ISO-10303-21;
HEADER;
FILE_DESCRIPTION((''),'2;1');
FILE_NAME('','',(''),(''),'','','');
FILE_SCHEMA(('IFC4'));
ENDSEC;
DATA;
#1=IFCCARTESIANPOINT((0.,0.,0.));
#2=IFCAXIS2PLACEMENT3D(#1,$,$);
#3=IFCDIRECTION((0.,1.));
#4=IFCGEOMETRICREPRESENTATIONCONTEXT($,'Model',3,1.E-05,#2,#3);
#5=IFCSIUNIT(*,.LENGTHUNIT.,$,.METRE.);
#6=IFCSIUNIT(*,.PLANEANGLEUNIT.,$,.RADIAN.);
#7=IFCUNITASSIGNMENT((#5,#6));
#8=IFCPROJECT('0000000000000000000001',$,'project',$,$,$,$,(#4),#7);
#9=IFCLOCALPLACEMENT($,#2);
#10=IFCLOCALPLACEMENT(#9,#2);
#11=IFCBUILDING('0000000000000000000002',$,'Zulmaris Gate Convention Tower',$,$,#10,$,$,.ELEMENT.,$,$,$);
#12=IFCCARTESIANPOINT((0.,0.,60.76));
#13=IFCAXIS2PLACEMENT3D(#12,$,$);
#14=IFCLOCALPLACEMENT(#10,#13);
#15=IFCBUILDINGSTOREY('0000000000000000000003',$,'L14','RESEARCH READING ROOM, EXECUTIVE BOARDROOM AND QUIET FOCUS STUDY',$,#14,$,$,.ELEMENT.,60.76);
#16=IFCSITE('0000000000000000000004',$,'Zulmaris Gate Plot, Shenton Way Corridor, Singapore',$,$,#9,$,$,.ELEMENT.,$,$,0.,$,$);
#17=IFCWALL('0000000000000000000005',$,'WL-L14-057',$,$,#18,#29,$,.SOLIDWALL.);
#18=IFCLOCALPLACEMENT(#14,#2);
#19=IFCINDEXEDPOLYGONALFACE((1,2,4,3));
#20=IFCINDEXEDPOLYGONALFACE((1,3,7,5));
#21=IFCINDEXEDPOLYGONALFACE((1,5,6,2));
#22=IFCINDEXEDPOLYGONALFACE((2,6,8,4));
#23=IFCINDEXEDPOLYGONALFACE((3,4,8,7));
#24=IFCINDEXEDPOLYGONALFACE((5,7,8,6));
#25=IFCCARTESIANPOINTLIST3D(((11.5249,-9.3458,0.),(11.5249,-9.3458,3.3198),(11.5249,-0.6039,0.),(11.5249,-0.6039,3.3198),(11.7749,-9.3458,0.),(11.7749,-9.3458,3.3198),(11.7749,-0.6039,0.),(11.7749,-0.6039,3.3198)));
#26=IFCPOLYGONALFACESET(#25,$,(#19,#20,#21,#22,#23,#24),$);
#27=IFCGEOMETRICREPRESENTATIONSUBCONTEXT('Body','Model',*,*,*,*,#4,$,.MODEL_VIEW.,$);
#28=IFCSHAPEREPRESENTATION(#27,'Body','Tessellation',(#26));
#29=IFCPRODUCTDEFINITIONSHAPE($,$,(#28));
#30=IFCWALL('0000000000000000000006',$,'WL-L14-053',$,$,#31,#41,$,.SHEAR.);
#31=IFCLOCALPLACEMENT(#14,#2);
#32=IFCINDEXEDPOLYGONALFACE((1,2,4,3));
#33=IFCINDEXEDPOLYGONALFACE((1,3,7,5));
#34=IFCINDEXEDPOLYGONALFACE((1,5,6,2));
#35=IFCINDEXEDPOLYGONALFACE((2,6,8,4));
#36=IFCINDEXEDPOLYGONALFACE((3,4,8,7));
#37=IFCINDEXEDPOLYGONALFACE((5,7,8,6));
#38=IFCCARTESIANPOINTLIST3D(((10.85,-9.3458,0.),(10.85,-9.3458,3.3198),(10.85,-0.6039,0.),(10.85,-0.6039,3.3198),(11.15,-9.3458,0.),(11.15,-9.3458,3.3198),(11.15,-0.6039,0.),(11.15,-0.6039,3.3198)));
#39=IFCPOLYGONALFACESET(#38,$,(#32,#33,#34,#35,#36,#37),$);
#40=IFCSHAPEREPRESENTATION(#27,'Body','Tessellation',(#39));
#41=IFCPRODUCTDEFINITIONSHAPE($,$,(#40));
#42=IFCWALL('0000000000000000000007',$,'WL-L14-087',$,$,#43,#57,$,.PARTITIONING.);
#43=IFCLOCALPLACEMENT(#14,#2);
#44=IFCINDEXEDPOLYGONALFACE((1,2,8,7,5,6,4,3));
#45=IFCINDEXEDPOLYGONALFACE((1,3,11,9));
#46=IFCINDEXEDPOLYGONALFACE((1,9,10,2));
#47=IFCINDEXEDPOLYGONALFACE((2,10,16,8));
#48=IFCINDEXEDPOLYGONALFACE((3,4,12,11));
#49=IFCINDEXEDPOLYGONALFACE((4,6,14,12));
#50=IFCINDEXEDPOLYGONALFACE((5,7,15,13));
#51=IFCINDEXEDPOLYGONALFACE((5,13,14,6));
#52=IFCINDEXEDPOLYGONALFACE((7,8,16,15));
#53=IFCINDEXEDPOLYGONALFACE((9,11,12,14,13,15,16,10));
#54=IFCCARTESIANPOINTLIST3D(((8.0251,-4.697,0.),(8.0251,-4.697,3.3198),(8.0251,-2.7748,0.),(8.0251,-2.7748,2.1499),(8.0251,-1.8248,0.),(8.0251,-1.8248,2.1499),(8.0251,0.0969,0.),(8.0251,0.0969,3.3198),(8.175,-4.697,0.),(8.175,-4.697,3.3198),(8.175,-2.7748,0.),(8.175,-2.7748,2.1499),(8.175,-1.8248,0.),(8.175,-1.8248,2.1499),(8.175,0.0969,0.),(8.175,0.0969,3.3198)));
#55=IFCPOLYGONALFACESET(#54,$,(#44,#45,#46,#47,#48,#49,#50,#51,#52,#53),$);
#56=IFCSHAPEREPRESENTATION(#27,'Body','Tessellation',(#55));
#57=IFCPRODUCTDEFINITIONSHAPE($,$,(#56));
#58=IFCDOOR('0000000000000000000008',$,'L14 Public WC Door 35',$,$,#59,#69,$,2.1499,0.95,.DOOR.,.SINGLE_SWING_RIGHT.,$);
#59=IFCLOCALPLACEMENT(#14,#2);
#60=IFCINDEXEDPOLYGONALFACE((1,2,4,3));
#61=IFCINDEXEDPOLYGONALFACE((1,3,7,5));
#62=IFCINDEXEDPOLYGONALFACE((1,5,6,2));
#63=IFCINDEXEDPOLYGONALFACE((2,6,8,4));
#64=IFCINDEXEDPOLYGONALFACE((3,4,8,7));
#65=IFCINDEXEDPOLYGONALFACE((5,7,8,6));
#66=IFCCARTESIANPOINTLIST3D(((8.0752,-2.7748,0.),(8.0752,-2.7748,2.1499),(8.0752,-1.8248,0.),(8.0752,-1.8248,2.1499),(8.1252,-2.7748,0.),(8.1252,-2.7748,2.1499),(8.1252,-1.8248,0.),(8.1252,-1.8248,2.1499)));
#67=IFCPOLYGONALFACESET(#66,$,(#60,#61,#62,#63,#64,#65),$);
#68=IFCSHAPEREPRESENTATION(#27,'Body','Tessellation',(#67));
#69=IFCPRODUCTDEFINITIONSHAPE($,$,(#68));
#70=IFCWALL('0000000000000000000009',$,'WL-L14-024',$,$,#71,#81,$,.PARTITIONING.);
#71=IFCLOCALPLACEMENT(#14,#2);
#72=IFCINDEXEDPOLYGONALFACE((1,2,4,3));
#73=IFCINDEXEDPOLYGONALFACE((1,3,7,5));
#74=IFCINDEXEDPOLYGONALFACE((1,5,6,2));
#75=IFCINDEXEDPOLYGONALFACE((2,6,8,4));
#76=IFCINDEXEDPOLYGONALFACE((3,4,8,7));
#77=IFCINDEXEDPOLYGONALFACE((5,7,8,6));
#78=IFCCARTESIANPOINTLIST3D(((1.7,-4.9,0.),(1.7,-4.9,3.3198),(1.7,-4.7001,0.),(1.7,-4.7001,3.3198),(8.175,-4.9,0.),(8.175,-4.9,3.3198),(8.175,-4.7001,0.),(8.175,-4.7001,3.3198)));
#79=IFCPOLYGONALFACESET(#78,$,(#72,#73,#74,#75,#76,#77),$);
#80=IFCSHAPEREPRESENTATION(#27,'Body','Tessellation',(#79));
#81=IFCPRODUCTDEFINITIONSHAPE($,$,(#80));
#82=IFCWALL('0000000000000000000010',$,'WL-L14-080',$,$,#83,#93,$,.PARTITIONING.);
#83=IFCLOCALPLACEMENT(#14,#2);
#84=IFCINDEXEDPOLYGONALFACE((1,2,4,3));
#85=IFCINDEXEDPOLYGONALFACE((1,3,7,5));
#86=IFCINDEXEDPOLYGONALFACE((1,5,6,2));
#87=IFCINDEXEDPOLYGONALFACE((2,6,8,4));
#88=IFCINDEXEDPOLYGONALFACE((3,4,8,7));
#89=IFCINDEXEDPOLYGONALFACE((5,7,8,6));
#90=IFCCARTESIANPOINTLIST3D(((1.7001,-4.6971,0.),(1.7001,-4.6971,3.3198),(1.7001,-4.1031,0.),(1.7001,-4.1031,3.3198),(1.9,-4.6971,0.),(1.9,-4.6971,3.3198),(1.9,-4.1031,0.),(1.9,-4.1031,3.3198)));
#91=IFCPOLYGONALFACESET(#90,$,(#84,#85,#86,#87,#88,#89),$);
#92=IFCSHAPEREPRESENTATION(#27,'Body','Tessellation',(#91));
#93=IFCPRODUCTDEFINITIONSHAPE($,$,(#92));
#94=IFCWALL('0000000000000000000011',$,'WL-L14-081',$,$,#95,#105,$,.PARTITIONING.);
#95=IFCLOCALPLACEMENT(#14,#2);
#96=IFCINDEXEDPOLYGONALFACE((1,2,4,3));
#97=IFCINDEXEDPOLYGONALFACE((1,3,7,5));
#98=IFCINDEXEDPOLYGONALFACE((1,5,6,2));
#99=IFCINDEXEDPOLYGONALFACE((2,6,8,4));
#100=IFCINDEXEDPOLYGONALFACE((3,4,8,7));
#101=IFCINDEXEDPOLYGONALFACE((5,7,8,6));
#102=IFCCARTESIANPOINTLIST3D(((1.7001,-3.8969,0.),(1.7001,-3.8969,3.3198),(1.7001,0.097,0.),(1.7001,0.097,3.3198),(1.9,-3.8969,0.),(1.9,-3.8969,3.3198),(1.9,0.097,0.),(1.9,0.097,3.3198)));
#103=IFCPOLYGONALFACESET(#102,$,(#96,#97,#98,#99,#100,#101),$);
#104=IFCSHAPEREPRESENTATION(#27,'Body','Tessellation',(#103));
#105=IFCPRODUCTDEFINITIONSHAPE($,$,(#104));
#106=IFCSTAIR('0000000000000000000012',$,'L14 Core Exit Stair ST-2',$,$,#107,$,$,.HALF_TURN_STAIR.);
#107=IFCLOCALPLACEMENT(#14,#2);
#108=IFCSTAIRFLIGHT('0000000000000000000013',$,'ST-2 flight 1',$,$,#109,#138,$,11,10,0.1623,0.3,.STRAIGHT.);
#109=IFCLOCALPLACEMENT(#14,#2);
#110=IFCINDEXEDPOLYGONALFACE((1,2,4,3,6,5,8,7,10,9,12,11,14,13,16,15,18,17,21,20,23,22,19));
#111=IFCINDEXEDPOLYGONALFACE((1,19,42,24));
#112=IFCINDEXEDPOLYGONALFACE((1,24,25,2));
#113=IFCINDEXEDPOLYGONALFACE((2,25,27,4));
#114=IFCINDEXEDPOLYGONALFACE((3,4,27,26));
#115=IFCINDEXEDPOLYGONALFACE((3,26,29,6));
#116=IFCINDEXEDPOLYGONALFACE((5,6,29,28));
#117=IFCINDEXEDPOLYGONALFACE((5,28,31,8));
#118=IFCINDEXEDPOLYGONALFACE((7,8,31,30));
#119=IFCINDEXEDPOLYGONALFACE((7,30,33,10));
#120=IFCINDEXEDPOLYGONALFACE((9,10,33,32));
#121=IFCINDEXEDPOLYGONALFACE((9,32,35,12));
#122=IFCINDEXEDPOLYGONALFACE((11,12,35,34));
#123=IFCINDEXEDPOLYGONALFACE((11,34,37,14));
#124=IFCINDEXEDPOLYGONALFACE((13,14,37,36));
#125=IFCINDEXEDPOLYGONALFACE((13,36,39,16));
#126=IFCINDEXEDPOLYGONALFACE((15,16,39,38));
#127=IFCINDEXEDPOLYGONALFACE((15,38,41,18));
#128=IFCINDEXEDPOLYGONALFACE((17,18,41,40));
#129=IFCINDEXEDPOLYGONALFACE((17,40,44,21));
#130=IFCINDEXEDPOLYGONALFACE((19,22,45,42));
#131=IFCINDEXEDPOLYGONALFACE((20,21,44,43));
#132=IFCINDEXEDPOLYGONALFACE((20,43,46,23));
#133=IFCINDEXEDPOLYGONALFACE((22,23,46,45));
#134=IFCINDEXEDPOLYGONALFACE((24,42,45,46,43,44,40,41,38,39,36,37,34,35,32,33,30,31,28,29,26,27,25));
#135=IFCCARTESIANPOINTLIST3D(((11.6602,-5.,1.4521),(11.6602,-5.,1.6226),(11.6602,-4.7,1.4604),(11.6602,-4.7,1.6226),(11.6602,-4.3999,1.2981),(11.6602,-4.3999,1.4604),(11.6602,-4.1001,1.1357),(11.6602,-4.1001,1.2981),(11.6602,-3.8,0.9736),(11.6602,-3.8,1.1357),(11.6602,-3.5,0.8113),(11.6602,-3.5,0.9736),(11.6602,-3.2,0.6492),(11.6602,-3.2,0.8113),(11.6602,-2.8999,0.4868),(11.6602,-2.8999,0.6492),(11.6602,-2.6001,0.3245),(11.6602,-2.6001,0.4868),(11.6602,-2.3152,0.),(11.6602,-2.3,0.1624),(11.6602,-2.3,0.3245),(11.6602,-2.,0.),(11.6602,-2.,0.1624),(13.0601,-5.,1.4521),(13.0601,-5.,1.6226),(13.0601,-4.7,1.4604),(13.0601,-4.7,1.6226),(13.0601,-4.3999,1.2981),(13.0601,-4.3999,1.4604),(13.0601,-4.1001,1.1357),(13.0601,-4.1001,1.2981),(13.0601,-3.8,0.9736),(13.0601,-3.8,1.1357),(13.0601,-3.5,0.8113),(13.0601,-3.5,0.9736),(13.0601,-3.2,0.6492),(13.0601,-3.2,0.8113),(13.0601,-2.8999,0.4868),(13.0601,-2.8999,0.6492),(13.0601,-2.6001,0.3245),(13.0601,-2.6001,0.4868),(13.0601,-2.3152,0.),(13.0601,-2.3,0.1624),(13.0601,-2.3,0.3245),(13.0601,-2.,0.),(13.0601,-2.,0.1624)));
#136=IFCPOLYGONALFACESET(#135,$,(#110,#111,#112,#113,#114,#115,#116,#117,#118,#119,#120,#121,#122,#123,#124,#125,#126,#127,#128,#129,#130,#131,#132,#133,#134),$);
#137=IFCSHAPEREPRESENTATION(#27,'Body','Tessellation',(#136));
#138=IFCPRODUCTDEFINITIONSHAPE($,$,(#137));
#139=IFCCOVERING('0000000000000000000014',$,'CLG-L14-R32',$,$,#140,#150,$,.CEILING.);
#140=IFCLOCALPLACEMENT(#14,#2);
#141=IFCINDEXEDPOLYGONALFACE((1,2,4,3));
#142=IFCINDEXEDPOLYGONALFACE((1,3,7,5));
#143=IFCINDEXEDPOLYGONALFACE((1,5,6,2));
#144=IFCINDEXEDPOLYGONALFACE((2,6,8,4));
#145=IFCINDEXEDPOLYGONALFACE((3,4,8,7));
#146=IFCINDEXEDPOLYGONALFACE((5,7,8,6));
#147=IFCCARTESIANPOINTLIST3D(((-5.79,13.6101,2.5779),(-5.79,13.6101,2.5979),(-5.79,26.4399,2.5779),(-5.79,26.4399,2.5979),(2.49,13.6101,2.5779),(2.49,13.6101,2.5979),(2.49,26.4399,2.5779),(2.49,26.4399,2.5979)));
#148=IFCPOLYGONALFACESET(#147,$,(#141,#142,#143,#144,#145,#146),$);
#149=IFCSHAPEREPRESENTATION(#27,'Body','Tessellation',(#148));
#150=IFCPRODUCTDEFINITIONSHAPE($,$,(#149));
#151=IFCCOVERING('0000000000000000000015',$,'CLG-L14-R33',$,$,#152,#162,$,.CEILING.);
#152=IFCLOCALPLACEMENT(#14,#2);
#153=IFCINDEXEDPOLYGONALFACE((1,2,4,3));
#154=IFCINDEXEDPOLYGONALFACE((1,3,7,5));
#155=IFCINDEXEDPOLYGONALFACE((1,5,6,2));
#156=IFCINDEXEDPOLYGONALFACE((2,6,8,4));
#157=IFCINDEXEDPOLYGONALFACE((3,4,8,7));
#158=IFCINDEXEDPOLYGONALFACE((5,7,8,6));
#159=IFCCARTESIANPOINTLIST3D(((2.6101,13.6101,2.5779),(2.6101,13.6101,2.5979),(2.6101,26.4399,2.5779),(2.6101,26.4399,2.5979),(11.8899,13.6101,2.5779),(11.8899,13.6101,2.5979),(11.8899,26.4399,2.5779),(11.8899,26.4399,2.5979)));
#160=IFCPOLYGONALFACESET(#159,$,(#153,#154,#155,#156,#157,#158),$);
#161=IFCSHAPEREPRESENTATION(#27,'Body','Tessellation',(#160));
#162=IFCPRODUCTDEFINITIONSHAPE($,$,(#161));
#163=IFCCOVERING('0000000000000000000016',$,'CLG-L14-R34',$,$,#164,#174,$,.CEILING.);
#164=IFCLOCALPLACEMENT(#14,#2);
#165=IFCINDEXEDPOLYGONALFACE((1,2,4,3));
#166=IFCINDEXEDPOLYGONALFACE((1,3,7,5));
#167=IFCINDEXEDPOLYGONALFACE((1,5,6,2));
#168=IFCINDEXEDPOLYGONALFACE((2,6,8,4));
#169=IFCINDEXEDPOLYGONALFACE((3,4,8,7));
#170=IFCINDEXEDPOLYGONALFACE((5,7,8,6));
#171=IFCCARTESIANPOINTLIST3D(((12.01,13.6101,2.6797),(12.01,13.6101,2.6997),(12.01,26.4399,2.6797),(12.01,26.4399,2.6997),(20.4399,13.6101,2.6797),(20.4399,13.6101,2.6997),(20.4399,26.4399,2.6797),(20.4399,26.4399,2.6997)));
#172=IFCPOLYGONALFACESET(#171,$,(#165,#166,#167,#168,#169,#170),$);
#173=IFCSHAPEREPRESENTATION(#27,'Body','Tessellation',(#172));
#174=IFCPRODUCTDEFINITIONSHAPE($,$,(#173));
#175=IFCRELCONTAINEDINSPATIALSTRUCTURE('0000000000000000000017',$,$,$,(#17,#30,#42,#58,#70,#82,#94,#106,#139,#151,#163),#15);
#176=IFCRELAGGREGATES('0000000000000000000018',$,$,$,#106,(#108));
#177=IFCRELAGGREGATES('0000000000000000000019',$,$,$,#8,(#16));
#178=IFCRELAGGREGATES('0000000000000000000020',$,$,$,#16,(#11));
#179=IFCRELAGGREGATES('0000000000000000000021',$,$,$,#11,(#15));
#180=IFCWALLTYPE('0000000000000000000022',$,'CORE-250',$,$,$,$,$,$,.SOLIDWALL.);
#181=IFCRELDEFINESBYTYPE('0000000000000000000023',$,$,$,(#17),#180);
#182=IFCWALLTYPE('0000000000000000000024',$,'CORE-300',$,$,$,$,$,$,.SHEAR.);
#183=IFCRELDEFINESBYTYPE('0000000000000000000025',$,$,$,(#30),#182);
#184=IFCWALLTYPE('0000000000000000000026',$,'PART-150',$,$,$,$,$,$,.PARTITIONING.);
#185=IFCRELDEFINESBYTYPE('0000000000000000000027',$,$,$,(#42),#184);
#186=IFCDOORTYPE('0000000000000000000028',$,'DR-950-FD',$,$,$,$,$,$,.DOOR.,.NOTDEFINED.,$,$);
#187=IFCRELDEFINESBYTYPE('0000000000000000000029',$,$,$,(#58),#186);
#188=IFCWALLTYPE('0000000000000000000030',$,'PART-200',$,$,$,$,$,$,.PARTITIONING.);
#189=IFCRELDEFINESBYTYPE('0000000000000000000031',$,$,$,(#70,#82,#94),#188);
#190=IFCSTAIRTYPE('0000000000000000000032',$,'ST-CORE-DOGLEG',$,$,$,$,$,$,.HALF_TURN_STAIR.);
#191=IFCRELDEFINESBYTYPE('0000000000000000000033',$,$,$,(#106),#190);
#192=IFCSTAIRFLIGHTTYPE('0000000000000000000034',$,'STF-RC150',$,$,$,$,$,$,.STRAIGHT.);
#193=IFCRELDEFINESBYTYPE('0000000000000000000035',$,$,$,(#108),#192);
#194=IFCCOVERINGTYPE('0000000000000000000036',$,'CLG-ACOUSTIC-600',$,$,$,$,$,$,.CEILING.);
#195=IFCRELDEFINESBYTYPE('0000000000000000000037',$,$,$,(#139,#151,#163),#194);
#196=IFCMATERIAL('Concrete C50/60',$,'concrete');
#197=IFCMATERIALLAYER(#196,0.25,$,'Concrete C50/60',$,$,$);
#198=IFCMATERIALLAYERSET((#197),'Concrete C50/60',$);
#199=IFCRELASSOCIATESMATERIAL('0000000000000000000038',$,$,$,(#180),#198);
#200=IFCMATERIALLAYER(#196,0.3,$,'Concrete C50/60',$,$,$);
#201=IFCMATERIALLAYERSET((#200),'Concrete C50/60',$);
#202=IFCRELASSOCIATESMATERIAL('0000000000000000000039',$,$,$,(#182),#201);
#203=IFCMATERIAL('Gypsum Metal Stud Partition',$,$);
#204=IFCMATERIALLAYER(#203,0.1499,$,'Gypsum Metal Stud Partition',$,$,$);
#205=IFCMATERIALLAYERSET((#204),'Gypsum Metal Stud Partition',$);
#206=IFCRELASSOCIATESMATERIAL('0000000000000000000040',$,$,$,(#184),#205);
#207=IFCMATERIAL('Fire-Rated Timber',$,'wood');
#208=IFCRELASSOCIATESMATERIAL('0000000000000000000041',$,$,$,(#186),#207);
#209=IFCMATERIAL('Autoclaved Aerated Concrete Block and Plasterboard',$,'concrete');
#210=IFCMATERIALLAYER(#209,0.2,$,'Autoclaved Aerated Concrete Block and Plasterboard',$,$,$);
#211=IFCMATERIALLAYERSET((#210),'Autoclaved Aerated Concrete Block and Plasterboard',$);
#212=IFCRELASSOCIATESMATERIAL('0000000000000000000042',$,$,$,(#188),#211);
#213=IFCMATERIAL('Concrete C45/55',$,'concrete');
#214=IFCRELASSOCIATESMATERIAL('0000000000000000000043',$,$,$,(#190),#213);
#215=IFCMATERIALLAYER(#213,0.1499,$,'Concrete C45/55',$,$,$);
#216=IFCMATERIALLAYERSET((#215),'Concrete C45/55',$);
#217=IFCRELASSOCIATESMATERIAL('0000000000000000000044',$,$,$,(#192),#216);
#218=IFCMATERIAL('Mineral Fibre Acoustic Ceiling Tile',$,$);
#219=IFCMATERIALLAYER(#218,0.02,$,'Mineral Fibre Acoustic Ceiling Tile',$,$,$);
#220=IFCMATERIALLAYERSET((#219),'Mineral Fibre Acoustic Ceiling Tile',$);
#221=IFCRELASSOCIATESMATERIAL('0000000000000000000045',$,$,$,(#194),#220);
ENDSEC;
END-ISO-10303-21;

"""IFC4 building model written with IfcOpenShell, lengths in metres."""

from ifc_helpers import new_model, si_unit, direction, frame, frame_2d, origin, place, context, subcontext, project, spatial, polyline, rectangle, outline, extrude, material, layer, layer_set, type_object, element, fill, aggregate, save


model = new_model("IFC4")

# Units and contexts
model_context = context("Model", 3, precision=1e-05, world=origin(), true_north=direction((0.0, 1.0)))
body_context = subcontext(model_context, "Body", "Model", "MODEL_VIEW")
ifc_project = project(units=[si_unit("LENGTHUNIT", "METRE"), si_unit("PLANEANGLEUNIT", "RADIAN")], contexts=[model_context])

# Site, building, storey
site_placement = place(None, origin())
site = spatial("IfcSite", under=ifc_project, at=site_placement, Name="Zulmaris Gate Plot, Shenton Way Corridor, Singapore", CompositionType="ELEMENT", RefElevation=0.0)
building_placement = place(site_placement, origin())
building = spatial("IfcBuilding", under=site, at=building_placement, Name="Zulmaris Gate Convention Tower", CompositionType="ELEMENT")
storey_placement = place(building_placement, frame((0.0, 0.0, 60.76)))
storey = spatial("IfcBuildingStorey", under=building, at=storey_placement, Name="L14", Description="RESEARCH READING ROOM, EXECUTIVE BOARDROOM AND QUIET FOCUS STUDY", CompositionType="ELEMENT", Elevation=60.76)

# Wall
ifc_material_1 = material(Name="Concrete C50/60", Category="concrete")
ifc_layer_1 = layer(ifc_material_1, 0.25, Name="Concrete C50/60")
ifc_layer_set_1 = layer_set([ifc_layer_1], Name="Concrete C50/60")
wall_type_1 = type_object("IfcWallType", Name="CORE-250", PredefinedType="SOLIDWALL", material=ifc_layer_set_1)
wall_1_placement = place(storey_placement, frame((11.6499, -9.3459, 0.0), z_axis=(0.0, 0.0, 1.0), x_axis=(0.0, 1.0, 0.0)))
element("IfcWall", 1, at=wall_1_placement, inside=storey, type_object=wall_type_1, Name="WL-L14-057", PredefinedType="SOLIDWALL", context=body_context, shape_type="SweptSolid", body=[
    extrude(rectangle(XDim=8.7419, YDim=0.25, at=frame_2d((4.3711, 0.0))), origin(), (0.0, 0.0, 1.0), 3.3198),
])

# Shared definitions
ifc_layer_2 = layer(ifc_material_1, 0.3, Name="Concrete C50/60")
ifc_layer_set_2 = layer_set([ifc_layer_2], Name="Concrete C50/60")
wall_type_2 = type_object("IfcWallType", Name="CORE-300", PredefinedType="SHEAR", material=ifc_layer_set_2)

# Wall
wall_2_placement = place(storey_placement, frame((11.0, -9.3459, 0.0), z_axis=(0.0, 0.0, 1.0), x_axis=(0.0, 1.0, 0.0)))
element("IfcWall", 2, at=wall_2_placement, inside=storey, type_object=wall_type_2, Name="WL-L14-053", PredefinedType="SHEAR", context=body_context, shape_type="SweptSolid", body=[
    extrude(rectangle(XDim=8.7419, YDim=0.3, at=frame_2d((4.3711, 0.0))), origin(), (0.0, 0.0, 1.0), 3.3198),
])

# Wall, opening, door
ifc_material_2 = material(Name="Gypsum Metal Stud Partition")
ifc_layer_3 = layer(ifc_material_2, 0.1499, Name="Gypsum Metal Stud Partition")
ifc_layer_set_3 = layer_set([ifc_layer_3], Name="Gypsum Metal Stud Partition")
wall_type_3 = type_object("IfcWallType", Name="PART-150", PredefinedType="PARTITIONING", material=ifc_layer_set_3)
wall_3_placement = place(storey_placement, frame((8.1001, -4.697, 0.0), z_axis=(0.0, 0.0, 1.0), x_axis=(0.0, 1.0, 0.0)))
wall_3 = element("IfcWall", 3, at=wall_3_placement, inside=storey, type_object=wall_type_3, Name="WL-L14-087", PredefinedType="PARTITIONING", context=body_context, shape_type="SweptSolid", body=[
    extrude(rectangle(XDim=4.7939, YDim=0.1499, at=frame_2d((2.397, 0.0))), origin(), (0.0, 0.0, 1.0), 3.3198),
])
opening_1_placement = place(wall_3_placement, frame((1.9221, 0.0, 0.0)))
opening_1 = element("IfcOpeningElement", 4, at=opening_1_placement, cuts=wall_3, PredefinedType="OPENING", context=body_context, shape_type="SweptSolid", body=[
    extrude(rectangle(XDim=0.95, YDim=2.1499, at=frame_2d((0.4751, 1.075))), frame((0.0, 0.085, 0.0), z_axis=(0.0, -1.0, 0.0), x_axis=(1.0, 0.0, 0.0)), (0.0, 0.0, 1.0), 0.1699),
])
ifc_material_3 = material(Name="Fire-Rated Timber", Category="wood")
door_type_1 = type_object("IfcDoorType", Name="DR-950-FD", OperationType="NOTDEFINED", PredefinedType="DOOR", material=ifc_material_3)
door_1_placement = place(opening_1_placement, origin())
door_1 = element("IfcDoor", 5, at=door_1_placement, inside=storey, type_object=door_type_1, Name="L14 Public WC Door 35", OperationType="SINGLE_SWING_RIGHT", OverallHeight=2.1499, OverallWidth=0.95, PredefinedType="DOOR", context=body_context, shape_type="SweptSolid", body=[
    extrude(rectangle(XDim=0.95, YDim=2.1499, at=frame_2d((0.4751, 1.075))), frame((0.0, 0.0249, 0.0), z_axis=(0.0, -1.0, 0.0), x_axis=(1.0, 0.0, 0.0)), (0.0, 0.0, 1.0), 0.05),
])
fill(opening_1, door_1)

# Walls
ifc_material_4 = material(Name="Autoclaved Aerated Concrete Block and Plasterboard", Category="concrete")
ifc_layer_4 = layer(ifc_material_4, 0.2, Name="Autoclaved Aerated Concrete Block and Plasterboard")
ifc_layer_set_4 = layer_set([ifc_layer_4], Name="Autoclaved Aerated Concrete Block and Plasterboard")
wall_type_4 = type_object("IfcWallType", Name="PART-200", PredefinedType="PARTITIONING", material=ifc_layer_set_4)
wall_4_placement = place(storey_placement, frame((1.7, -4.8, 0.0), z_axis=(0.0, 0.0, 1.0), x_axis=(1.0, 0.0, 0.0)))
element("IfcWall", 6, at=wall_4_placement, inside=storey, type_object=wall_type_4, Name="WL-L14-024", PredefinedType="PARTITIONING", context=body_context, shape_type="SweptSolid", body=[
    extrude(rectangle(XDim=6.4751, YDim=0.2, at=frame_2d((3.2375, 0.0))), origin(), (0.0, 0.0, 1.0), 3.3198),
])
wall_5_placement = place(storey_placement, frame((1.8, -4.697, 0.0), z_axis=(0.0, 0.0, 1.0), x_axis=(0.0, 1.0, 0.0)))
element("IfcWall", 7, at=wall_5_placement, inside=storey, type_object=wall_type_4, Name="WL-L14-080", PredefinedType="PARTITIONING", context=body_context, shape_type="SweptSolid", body=[
    extrude(rectangle(XDim=0.594, YDim=0.2, at=frame_2d((0.2969, 0.0))), origin(), (0.0, 0.0, 1.0), 3.3198),
])
wall_6_placement = place(storey_placement, frame((1.8, -3.897, 0.0), z_axis=(0.0, 0.0, 1.0), x_axis=(0.0, 1.0, 0.0)))
element("IfcWall", 8, at=wall_6_placement, inside=storey, type_object=wall_type_4, Name="WL-L14-081", PredefinedType="PARTITIONING", context=body_context, shape_type="SweptSolid", body=[
    extrude(rectangle(XDim=3.9939, YDim=0.2, at=frame_2d((1.9971, 0.0))), origin(), (0.0, 0.0, 1.0), 3.3198),
])

# Stair, stair flight
ifc_material_5 = material(Name="Concrete C45/55", Category="concrete")
stair_type = type_object("IfcStairType", Name="ST-CORE-DOGLEG", PredefinedType="HALF_TURN_STAIR", material=ifc_material_5)
stair_placement = place(storey_placement, origin())
stair = element("IfcStair", 9, at=stair_placement, inside=storey, type_object=stair_type, Name="L14 Core Exit Stair ST-2", PredefinedType="HALF_TURN_STAIR")
ifc_layer_5 = layer(ifc_material_5, 0.1499, Name="Concrete C45/55")
ifc_layer_set_5 = layer_set([ifc_layer_5], Name="Concrete C45/55")
stair_flight_type = type_object("IfcStairFlightType", Name="STF-RC150", PredefinedType="STRAIGHT", material=ifc_layer_set_5)
stair_flight_placement = place(storey_placement, frame((12.3601, -2.0, 0.0), z_axis=(0.0, 0.0, 1.0), x_axis=(0.0, -1.0, 0.0)))
stair_flight = element("IfcStairFlight", 10, at=stair_flight_placement, type_object=stair_flight_type, Name="ST-2 flight 1", NumberOfRisers=11, NumberOfTreads=10, PredefinedType="STRAIGHT", RiserHeight=0.1623, TreadLength=0.3, context=body_context, shape_type="SweptSolid", body=[
    extrude(outline(polyline([(0.0, 0.0), (0.0, 0.1624), (0.3, 0.1624), (0.3, 0.3245), (0.6001, 0.3245), (0.6001, 0.4868), (0.8999, 0.4868), (0.8999, 0.6492), (1.2, 0.6492), (1.2, 0.8113), (1.5, 0.8113), (1.5, 0.9736), (1.8, 0.9736), (1.8, 1.1357), (2.1001, 1.1357), (2.1001, 1.2981), (2.3999, 1.2981), (2.3999, 1.4604), (2.7, 1.4604), (2.7, 1.6226), (3.0, 1.6226), (3.0, 1.7849), (3.0, 1.4521), (0.3152, 0.0), (0.0, 0.0)])), frame((0.0, 0.7, 0.0), z_axis=(0.0, -1.0, 0.0), x_axis=(1.0, 0.0, 0.0)), (0.0, 0.0, 1.0), 1.3999),
])
aggregate(stair, [stair_flight])

# Coverings
ifc_material_6 = material(Name="Mineral Fibre Acoustic Ceiling Tile")
ifc_layer_6 = layer(ifc_material_6, 0.02, Name="Mineral Fibre Acoustic Ceiling Tile")
ifc_layer_set_6 = layer_set([ifc_layer_6], Name="Mineral Fibre Acoustic Ceiling Tile")
covering_type_1 = type_object("IfcCoveringType", Name="CLG-ACOUSTIC-600", PredefinedType="CEILING", material=ifc_layer_set_6)
covering_1_placement = place(storey_placement, frame((0.0, 0.0, 2.5779)))
element("IfcCovering", 11, at=covering_1_placement, inside=storey, type_object=covering_type_1, Name="CLG-L14-R32", PredefinedType="CEILING", context=body_context, shape_type="SweptSolid", body=[
    extrude(outline(polyline([(-5.79, 13.6101), (2.49, 13.6101), (2.49, 26.4399), (-5.79, 26.4399), (-5.79, 13.6101)])), origin(), (0.0, 0.0, 1.0), 0.02),
])
covering_2_placement = place(storey_placement, frame((0.0, 0.0, 2.5779)))
element("IfcCovering", 12, at=covering_2_placement, inside=storey, type_object=covering_type_1, Name="CLG-L14-R33", PredefinedType="CEILING", context=body_context, shape_type="SweptSolid", body=[
    extrude(outline(polyline([(2.6101, 13.6101), (11.8899, 13.6101), (11.8899, 26.4399), (2.6101, 26.4399), (2.6101, 13.6101)])), origin(), (0.0, 0.0, 1.0), 0.02),
])
covering_3_placement = place(storey_placement, frame((0.0, 0.0, 2.6797)))
element("IfcCovering", 13, at=covering_3_placement, inside=storey, type_object=covering_type_1, Name="CLG-L14-R34", PredefinedType="CEILING", context=body_context, shape_type="SweptSolid", body=[
    extrude(outline(polyline([(12.01, 13.6101), (20.4399, 13.6101), (20.4399, 26.4399), (12.01, 26.4399), (12.01, 13.6101)])), origin(), (0.0, 0.0, 1.0), 0.02),
])

save(model, "model.ifc")
